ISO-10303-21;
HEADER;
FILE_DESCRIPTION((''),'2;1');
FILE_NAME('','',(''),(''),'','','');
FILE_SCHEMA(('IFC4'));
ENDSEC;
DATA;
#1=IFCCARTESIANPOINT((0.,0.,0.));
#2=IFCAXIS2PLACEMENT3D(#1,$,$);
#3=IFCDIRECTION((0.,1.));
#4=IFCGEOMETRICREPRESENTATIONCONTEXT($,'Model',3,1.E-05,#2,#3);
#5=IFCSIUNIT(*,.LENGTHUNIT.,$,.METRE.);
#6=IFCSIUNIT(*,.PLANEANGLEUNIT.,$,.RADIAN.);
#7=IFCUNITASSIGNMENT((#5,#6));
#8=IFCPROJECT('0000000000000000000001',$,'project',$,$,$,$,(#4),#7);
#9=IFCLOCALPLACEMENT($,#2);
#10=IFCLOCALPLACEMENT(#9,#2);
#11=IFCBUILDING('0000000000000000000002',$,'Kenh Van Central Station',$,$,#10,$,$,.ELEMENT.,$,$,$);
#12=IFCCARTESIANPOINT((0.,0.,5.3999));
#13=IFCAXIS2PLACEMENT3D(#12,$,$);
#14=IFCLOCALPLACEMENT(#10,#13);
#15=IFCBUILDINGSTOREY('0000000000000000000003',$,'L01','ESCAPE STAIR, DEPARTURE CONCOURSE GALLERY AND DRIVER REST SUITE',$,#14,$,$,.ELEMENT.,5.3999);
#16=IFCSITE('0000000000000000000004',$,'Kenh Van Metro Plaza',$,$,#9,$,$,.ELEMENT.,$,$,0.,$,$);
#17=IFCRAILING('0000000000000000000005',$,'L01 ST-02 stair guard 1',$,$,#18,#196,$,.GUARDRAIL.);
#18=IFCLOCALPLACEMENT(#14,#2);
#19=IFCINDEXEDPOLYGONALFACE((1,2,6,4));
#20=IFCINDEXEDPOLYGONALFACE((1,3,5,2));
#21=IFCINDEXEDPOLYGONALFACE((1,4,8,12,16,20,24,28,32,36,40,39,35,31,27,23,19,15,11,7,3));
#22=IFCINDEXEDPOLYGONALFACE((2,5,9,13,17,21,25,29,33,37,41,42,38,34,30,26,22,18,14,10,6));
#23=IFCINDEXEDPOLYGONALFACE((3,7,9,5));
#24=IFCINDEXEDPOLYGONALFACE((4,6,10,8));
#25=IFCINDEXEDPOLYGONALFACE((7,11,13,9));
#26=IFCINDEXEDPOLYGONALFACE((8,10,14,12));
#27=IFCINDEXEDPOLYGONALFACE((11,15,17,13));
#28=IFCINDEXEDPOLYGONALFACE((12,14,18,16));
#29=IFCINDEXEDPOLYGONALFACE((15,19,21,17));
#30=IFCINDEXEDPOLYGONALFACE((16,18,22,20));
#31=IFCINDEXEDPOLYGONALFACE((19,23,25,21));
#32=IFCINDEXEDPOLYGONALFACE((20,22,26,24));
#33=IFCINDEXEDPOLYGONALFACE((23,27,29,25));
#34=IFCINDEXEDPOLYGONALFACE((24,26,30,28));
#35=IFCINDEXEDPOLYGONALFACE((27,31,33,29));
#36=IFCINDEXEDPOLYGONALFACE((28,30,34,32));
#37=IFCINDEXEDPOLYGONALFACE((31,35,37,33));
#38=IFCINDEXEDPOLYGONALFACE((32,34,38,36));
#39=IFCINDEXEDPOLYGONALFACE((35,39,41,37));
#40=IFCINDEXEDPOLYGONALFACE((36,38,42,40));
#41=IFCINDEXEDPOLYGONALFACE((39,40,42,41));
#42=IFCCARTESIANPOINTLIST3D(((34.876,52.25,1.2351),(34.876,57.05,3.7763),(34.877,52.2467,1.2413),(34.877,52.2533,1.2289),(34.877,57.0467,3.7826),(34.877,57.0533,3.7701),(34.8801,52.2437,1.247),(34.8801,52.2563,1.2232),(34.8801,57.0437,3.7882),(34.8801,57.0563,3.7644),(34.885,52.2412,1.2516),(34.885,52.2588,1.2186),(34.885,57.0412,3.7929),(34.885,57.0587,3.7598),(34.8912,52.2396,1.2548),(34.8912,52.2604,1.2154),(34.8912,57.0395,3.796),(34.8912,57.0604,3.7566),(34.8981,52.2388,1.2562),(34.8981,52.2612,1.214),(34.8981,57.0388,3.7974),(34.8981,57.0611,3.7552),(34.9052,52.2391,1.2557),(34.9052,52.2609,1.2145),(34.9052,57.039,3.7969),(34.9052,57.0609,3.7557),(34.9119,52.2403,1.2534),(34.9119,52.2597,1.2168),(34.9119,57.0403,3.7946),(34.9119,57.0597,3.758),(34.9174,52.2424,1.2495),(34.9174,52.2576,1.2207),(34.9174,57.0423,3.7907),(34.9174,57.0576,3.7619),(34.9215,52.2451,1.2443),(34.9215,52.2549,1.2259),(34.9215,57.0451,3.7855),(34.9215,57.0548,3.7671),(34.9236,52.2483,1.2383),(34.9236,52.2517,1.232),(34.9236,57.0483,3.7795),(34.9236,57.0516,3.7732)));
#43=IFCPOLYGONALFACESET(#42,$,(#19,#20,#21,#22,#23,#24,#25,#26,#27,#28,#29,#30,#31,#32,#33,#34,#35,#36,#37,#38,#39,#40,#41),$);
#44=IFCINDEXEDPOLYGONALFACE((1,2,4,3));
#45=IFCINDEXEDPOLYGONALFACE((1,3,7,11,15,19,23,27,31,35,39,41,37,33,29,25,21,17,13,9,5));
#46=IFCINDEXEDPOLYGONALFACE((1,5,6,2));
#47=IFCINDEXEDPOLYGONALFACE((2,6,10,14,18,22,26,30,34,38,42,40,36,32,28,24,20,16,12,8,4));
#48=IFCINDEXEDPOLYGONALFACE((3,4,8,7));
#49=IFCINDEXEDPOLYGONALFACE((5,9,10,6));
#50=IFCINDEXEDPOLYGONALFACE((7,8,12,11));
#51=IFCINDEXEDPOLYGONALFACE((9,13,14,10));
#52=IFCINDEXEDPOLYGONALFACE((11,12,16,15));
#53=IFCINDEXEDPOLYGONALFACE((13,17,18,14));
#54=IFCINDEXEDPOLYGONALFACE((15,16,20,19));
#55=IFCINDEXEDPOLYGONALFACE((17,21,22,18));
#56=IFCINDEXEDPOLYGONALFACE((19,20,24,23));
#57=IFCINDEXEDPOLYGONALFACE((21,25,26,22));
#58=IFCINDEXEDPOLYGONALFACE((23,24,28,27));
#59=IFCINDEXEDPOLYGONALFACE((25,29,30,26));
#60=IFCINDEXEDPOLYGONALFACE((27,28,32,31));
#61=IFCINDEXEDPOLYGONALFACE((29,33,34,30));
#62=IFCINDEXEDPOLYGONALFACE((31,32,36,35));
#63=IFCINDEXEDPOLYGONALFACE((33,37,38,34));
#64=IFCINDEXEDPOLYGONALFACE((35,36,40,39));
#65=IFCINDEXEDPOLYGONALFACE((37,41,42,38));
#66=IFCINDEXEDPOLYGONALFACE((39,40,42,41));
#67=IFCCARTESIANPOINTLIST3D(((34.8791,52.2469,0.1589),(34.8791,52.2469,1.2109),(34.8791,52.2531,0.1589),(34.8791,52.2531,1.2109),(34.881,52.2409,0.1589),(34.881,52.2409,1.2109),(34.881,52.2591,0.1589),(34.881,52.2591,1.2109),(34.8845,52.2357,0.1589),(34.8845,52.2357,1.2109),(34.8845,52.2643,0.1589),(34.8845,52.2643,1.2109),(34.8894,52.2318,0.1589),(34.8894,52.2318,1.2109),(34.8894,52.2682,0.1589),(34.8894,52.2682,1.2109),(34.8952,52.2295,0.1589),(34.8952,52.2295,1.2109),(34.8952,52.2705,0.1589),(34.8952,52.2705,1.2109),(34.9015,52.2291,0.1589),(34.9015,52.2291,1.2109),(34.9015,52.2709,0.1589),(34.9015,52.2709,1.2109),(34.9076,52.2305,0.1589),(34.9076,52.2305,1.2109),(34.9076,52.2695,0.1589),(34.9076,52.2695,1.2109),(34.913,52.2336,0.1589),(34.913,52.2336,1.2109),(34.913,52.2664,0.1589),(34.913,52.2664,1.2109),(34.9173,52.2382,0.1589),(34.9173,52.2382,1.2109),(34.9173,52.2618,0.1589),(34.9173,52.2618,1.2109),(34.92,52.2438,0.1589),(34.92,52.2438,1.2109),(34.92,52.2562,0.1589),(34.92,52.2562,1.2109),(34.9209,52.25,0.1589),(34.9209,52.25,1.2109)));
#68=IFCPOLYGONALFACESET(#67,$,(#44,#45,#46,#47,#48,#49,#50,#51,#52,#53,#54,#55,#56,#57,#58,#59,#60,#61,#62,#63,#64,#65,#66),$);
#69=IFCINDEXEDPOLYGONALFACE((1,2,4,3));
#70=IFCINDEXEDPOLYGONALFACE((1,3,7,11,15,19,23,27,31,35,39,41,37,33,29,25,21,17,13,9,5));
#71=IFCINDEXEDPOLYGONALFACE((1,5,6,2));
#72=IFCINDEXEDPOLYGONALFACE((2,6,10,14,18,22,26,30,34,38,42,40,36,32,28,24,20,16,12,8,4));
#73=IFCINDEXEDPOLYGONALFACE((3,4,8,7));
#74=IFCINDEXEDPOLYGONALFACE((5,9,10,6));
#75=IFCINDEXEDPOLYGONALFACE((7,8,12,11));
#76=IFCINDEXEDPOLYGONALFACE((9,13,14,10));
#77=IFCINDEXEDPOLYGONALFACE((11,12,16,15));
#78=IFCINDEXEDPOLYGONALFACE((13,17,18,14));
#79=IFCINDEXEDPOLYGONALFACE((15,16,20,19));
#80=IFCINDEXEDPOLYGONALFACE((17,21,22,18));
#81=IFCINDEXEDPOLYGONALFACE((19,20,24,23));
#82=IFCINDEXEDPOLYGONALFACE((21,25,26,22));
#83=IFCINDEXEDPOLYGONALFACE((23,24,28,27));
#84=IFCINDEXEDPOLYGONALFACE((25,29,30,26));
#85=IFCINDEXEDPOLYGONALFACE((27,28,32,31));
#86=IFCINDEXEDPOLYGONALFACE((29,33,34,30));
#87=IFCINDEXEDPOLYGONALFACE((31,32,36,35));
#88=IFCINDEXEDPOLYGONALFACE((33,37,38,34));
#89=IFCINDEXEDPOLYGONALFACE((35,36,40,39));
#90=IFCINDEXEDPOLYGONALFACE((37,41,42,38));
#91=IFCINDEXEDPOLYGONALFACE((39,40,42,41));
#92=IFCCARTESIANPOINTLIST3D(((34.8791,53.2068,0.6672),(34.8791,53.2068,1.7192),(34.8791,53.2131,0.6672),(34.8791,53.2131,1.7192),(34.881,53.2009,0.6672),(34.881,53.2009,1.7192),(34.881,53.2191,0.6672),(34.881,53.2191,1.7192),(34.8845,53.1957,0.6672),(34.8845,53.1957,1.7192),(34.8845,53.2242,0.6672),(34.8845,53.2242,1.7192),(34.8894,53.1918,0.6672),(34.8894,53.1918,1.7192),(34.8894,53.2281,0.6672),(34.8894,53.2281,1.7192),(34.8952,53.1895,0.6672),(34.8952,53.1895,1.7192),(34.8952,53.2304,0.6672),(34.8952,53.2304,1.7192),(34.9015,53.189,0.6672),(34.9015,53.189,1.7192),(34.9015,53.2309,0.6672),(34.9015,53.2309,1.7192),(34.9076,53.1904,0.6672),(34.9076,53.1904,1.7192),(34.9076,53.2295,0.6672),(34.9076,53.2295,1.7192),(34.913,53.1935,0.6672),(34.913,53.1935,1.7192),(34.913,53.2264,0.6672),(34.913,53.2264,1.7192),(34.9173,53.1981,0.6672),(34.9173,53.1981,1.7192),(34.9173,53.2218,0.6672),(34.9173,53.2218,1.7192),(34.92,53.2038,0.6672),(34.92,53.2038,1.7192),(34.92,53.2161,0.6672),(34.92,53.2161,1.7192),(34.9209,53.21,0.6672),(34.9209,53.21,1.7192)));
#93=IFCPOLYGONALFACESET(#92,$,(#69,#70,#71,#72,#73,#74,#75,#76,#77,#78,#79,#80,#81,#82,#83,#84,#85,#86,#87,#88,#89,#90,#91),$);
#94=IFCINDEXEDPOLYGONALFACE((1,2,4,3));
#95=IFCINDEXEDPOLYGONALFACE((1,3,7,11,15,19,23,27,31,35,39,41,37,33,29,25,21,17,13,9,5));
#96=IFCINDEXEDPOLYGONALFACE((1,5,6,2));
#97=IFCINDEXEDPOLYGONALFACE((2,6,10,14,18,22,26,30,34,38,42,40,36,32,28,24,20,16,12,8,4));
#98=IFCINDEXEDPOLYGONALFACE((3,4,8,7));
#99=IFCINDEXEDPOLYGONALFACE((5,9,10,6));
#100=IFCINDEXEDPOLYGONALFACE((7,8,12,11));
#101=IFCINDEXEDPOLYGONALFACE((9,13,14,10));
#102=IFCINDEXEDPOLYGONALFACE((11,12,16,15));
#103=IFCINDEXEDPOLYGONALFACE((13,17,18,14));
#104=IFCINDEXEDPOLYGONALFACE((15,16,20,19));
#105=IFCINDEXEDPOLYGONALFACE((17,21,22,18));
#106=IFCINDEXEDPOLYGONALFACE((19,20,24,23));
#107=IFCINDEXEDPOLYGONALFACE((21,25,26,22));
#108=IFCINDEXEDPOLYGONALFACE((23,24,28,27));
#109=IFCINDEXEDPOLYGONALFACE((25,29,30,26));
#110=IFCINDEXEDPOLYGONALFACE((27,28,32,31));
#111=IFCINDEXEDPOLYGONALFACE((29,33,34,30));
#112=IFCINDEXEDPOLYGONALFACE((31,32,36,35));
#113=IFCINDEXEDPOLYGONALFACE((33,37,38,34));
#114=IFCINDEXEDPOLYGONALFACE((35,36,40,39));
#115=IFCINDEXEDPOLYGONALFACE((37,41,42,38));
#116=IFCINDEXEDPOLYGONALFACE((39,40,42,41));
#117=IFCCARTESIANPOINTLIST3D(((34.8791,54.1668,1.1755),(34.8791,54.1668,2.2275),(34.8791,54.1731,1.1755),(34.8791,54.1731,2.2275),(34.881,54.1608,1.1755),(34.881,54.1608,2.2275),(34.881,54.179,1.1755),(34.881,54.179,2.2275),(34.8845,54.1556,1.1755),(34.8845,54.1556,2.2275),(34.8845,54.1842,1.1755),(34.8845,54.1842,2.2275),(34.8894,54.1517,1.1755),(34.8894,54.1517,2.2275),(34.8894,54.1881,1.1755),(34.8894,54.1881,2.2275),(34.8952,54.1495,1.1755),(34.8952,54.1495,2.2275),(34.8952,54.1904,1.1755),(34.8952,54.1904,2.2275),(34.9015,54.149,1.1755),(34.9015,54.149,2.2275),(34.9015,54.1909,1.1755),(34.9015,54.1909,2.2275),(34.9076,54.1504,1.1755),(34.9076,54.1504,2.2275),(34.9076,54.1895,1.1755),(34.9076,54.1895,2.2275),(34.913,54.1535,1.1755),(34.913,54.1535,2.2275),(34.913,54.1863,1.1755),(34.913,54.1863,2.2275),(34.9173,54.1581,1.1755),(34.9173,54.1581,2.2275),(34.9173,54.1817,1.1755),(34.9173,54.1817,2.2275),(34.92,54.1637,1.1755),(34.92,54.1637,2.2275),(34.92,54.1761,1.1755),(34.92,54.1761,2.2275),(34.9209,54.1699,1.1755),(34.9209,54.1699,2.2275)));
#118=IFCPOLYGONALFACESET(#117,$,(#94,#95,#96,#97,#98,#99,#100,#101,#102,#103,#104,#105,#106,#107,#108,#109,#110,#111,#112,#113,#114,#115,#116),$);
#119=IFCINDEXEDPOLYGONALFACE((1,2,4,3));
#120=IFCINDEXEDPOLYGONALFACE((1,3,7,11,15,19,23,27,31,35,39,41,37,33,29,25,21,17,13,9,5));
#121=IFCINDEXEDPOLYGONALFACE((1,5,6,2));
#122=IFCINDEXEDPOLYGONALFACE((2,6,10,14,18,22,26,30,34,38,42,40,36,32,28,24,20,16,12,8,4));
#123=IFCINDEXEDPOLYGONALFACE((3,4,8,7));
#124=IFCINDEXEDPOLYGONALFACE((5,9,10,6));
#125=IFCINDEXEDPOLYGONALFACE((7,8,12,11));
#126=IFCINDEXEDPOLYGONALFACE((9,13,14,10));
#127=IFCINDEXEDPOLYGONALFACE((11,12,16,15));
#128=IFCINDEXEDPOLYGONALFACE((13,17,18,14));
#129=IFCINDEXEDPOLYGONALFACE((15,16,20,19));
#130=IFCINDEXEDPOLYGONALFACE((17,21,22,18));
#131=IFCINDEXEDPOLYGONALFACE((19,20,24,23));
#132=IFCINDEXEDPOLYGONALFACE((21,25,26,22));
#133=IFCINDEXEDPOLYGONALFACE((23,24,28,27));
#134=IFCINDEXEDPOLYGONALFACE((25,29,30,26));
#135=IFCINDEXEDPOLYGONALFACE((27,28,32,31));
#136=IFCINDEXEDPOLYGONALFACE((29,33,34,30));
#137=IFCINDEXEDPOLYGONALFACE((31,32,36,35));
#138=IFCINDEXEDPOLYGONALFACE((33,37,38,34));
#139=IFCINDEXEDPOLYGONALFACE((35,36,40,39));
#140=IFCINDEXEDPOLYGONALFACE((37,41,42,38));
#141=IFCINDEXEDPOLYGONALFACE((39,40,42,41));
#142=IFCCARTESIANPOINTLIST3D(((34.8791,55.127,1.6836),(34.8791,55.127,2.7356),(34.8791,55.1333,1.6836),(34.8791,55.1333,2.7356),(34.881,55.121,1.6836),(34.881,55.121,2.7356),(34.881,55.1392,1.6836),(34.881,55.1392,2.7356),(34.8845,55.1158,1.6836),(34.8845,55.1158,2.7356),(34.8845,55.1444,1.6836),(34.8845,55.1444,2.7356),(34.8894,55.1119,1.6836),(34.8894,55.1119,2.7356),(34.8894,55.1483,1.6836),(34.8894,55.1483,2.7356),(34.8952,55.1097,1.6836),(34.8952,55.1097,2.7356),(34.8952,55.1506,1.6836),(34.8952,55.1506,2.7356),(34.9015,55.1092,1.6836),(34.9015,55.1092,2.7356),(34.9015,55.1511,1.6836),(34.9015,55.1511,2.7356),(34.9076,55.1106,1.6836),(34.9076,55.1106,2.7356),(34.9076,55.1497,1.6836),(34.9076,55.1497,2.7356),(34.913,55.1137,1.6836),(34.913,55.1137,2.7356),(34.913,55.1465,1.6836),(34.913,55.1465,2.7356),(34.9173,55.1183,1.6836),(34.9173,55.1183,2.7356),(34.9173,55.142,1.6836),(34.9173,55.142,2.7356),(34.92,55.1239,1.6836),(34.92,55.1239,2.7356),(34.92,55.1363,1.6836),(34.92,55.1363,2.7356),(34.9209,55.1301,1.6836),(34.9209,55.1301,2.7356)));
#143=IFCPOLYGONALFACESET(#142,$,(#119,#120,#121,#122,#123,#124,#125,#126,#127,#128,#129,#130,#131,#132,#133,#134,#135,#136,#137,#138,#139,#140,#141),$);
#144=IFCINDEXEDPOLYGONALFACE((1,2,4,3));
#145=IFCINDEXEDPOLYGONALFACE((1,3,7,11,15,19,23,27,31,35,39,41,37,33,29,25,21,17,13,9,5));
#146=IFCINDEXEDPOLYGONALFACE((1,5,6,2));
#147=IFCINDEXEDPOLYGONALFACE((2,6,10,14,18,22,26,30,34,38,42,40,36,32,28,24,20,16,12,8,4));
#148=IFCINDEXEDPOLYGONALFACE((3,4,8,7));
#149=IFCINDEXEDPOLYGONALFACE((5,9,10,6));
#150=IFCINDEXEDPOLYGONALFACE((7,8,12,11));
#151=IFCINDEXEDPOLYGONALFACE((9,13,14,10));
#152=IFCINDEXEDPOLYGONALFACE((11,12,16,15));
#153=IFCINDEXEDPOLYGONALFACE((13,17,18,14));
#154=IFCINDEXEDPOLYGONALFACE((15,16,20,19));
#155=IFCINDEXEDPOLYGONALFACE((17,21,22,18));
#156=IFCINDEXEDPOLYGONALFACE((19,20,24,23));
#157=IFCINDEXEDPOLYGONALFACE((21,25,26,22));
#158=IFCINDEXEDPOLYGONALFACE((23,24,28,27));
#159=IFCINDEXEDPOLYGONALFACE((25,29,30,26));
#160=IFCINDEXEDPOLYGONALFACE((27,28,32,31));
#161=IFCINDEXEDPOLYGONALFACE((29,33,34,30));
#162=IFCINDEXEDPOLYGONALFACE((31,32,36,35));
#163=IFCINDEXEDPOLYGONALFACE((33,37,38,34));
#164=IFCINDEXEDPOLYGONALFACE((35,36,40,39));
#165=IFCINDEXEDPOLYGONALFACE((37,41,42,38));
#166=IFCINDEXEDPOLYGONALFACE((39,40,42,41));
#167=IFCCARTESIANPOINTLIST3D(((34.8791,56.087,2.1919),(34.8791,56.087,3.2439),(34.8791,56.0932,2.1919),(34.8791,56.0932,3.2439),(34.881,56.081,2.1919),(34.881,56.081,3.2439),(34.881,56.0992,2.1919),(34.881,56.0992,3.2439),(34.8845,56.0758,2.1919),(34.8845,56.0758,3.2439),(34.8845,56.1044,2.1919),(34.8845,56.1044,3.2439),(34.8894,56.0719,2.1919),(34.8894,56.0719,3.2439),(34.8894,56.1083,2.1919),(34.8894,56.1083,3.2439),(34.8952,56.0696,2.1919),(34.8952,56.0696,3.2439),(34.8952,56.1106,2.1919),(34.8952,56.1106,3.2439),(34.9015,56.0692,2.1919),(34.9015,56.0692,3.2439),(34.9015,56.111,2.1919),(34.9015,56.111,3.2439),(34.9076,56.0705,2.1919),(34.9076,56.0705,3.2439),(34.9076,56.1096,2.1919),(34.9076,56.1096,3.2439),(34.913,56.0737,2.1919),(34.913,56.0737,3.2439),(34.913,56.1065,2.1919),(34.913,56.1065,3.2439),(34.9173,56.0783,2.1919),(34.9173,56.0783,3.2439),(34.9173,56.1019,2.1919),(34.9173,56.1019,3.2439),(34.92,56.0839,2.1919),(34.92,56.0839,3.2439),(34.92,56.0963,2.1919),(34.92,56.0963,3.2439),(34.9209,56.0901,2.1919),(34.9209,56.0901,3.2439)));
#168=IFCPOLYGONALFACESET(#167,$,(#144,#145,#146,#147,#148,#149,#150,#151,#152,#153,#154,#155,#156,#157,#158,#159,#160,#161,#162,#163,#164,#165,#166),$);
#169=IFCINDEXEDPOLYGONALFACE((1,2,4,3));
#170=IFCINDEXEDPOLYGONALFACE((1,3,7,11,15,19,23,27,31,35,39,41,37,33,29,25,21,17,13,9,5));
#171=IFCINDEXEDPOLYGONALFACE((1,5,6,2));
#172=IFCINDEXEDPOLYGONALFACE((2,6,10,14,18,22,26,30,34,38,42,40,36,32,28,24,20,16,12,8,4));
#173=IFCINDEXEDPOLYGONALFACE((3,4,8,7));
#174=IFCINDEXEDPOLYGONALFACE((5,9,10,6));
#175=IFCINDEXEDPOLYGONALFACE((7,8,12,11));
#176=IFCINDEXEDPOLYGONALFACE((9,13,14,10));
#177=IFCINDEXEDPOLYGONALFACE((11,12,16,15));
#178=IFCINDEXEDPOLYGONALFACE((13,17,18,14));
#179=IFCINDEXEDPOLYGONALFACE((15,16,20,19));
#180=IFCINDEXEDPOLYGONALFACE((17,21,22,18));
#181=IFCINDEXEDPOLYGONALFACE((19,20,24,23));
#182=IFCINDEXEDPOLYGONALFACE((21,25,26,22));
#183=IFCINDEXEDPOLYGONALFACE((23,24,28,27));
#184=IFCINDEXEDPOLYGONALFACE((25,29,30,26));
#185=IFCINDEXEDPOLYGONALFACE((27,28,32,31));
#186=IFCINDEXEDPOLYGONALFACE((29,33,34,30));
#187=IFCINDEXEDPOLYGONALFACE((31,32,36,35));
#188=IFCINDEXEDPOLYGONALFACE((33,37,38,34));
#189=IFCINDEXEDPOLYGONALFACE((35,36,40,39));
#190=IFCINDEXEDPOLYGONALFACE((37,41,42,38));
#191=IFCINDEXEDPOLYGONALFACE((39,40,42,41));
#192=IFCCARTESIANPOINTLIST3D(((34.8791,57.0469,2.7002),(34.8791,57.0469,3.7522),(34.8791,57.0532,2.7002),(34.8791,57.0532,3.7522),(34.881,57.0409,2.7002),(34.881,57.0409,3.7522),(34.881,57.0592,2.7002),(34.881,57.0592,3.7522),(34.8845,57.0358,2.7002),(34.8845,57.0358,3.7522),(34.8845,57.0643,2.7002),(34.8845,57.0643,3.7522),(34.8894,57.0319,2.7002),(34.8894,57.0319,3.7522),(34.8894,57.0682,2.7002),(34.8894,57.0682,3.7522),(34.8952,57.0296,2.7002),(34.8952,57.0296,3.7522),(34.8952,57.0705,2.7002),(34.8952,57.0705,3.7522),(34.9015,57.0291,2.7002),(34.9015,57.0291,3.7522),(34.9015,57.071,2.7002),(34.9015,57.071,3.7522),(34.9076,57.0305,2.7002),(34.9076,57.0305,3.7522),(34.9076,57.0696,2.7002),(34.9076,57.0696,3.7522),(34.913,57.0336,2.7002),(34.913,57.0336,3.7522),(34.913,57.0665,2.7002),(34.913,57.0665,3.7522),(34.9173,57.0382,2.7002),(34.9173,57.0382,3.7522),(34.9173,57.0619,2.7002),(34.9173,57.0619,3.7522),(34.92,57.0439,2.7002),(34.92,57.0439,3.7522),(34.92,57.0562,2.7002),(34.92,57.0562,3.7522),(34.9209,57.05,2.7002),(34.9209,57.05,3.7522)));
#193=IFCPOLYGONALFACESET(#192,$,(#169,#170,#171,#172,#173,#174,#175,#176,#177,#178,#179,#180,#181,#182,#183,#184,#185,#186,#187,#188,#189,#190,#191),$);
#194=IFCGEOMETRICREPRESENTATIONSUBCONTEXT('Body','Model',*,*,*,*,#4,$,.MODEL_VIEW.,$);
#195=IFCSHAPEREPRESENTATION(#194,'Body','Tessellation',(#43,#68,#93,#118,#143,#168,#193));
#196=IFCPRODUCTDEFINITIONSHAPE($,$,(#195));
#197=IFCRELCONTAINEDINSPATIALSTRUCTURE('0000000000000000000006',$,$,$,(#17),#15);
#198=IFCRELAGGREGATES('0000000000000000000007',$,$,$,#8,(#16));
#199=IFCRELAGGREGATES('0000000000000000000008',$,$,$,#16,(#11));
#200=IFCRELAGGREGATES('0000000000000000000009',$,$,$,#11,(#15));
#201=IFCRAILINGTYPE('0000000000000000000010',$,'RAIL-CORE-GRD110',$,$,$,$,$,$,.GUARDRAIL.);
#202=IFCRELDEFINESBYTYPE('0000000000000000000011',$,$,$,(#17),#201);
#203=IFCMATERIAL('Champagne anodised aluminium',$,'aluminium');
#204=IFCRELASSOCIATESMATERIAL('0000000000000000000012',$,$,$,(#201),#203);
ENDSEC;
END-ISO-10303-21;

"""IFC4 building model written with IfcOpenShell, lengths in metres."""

from ifc_helpers import new_model, si_unit, direction, frame, origin, origin_2d, place, context, subcontext, project, spatial, circle, extrude, material, type_object, element, save


model = new_model("IFC4")

# Units and contexts
model_context = context("Model", 3, precision=1e-05, world=origin(), true_north=direction((0.0, 1.0)))
body_context = subcontext(model_context, "Body", "Model", "MODEL_VIEW")
ifc_project = project(units=[si_unit("LENGTHUNIT", "METRE"), si_unit("PLANEANGLEUNIT", "RADIAN")], contexts=[model_context])

# Site, building, storey
site_placement = place(None, origin())
site = spatial("IfcSite", under=ifc_project, at=site_placement, Name="Kenh Van Metro Plaza", CompositionType="ELEMENT", RefElevation=0.0)
building_placement = place(site_placement, origin())
building = spatial("IfcBuilding", under=site, at=building_placement, Name="Kenh Van Central Station", CompositionType="ELEMENT")
storey_placement = place(building_placement, frame((0.0, 0.0, 5.3999)))
storey = spatial("IfcBuildingStorey", under=building, at=storey_placement, Name="L01", Description="ESCAPE STAIR, DEPARTURE CONCOURSE GALLERY AND DRIVER REST SUITE", CompositionType="ELEMENT", Elevation=5.3999)

# Shared definitions
ifc_material_1 = material(Name="Champagne anodised aluminium", Category="aluminium")

# Railing
railing_type_1 = type_object("IfcRailingType", Name="RAIL-CORE-GRD110", PredefinedType="GUARDRAIL", material=ifc_material_1)
railing_1_placement = place(storey_placement, frame((34.8999, 52.25, 0.1589)))
element("IfcRailing", 1, at=railing_1_placement, inside=storey, type_object=railing_type_1, Name="L01 ST-02 stair guard 1", PredefinedType="GUARDRAIL", context=body_context, shape_type="SweptSolid", body=[
    extrude(circle(Radius=0.0239, at=origin_2d()), frame((0.0, 0.0, 1.0762), z_axis=(0.0, 0.883784, 0.467896), x_axis=(-1.0, 0.0, 0.0)), (0.0, 0.0, 1.0), 5.4312),
    extrude(circle(Radius=0.021, at=origin_2d()), origin(), (0.0, 0.0, 1.0), 1.052),
    extrude(circle(Radius=0.021, at=origin_2d()), frame((0.0, 0.96, 0.5083)), (0.0, 0.0, 1.0), 1.052),
    extrude(circle(Radius=0.021, at=origin_2d()), frame((0.0, 1.9199, 1.0166)), (0.0, 0.0, 1.0), 1.052),
    extrude(circle(Radius=0.021, at=origin_2d()), frame((0.0, 2.8801, 1.5247)), (0.0, 0.0, 1.0), 1.052),
    extrude(circle(Radius=0.021, at=origin_2d()), frame((0.0, 3.8401, 2.033)), (0.0, 0.0, 1.0), 1.052),
    extrude(circle(Radius=0.021, at=origin_2d()), frame((0.0, 4.8, 2.5413)), (0.0, 0.0, 1.0), 1.052),
])

save(model, "model.ifc")
